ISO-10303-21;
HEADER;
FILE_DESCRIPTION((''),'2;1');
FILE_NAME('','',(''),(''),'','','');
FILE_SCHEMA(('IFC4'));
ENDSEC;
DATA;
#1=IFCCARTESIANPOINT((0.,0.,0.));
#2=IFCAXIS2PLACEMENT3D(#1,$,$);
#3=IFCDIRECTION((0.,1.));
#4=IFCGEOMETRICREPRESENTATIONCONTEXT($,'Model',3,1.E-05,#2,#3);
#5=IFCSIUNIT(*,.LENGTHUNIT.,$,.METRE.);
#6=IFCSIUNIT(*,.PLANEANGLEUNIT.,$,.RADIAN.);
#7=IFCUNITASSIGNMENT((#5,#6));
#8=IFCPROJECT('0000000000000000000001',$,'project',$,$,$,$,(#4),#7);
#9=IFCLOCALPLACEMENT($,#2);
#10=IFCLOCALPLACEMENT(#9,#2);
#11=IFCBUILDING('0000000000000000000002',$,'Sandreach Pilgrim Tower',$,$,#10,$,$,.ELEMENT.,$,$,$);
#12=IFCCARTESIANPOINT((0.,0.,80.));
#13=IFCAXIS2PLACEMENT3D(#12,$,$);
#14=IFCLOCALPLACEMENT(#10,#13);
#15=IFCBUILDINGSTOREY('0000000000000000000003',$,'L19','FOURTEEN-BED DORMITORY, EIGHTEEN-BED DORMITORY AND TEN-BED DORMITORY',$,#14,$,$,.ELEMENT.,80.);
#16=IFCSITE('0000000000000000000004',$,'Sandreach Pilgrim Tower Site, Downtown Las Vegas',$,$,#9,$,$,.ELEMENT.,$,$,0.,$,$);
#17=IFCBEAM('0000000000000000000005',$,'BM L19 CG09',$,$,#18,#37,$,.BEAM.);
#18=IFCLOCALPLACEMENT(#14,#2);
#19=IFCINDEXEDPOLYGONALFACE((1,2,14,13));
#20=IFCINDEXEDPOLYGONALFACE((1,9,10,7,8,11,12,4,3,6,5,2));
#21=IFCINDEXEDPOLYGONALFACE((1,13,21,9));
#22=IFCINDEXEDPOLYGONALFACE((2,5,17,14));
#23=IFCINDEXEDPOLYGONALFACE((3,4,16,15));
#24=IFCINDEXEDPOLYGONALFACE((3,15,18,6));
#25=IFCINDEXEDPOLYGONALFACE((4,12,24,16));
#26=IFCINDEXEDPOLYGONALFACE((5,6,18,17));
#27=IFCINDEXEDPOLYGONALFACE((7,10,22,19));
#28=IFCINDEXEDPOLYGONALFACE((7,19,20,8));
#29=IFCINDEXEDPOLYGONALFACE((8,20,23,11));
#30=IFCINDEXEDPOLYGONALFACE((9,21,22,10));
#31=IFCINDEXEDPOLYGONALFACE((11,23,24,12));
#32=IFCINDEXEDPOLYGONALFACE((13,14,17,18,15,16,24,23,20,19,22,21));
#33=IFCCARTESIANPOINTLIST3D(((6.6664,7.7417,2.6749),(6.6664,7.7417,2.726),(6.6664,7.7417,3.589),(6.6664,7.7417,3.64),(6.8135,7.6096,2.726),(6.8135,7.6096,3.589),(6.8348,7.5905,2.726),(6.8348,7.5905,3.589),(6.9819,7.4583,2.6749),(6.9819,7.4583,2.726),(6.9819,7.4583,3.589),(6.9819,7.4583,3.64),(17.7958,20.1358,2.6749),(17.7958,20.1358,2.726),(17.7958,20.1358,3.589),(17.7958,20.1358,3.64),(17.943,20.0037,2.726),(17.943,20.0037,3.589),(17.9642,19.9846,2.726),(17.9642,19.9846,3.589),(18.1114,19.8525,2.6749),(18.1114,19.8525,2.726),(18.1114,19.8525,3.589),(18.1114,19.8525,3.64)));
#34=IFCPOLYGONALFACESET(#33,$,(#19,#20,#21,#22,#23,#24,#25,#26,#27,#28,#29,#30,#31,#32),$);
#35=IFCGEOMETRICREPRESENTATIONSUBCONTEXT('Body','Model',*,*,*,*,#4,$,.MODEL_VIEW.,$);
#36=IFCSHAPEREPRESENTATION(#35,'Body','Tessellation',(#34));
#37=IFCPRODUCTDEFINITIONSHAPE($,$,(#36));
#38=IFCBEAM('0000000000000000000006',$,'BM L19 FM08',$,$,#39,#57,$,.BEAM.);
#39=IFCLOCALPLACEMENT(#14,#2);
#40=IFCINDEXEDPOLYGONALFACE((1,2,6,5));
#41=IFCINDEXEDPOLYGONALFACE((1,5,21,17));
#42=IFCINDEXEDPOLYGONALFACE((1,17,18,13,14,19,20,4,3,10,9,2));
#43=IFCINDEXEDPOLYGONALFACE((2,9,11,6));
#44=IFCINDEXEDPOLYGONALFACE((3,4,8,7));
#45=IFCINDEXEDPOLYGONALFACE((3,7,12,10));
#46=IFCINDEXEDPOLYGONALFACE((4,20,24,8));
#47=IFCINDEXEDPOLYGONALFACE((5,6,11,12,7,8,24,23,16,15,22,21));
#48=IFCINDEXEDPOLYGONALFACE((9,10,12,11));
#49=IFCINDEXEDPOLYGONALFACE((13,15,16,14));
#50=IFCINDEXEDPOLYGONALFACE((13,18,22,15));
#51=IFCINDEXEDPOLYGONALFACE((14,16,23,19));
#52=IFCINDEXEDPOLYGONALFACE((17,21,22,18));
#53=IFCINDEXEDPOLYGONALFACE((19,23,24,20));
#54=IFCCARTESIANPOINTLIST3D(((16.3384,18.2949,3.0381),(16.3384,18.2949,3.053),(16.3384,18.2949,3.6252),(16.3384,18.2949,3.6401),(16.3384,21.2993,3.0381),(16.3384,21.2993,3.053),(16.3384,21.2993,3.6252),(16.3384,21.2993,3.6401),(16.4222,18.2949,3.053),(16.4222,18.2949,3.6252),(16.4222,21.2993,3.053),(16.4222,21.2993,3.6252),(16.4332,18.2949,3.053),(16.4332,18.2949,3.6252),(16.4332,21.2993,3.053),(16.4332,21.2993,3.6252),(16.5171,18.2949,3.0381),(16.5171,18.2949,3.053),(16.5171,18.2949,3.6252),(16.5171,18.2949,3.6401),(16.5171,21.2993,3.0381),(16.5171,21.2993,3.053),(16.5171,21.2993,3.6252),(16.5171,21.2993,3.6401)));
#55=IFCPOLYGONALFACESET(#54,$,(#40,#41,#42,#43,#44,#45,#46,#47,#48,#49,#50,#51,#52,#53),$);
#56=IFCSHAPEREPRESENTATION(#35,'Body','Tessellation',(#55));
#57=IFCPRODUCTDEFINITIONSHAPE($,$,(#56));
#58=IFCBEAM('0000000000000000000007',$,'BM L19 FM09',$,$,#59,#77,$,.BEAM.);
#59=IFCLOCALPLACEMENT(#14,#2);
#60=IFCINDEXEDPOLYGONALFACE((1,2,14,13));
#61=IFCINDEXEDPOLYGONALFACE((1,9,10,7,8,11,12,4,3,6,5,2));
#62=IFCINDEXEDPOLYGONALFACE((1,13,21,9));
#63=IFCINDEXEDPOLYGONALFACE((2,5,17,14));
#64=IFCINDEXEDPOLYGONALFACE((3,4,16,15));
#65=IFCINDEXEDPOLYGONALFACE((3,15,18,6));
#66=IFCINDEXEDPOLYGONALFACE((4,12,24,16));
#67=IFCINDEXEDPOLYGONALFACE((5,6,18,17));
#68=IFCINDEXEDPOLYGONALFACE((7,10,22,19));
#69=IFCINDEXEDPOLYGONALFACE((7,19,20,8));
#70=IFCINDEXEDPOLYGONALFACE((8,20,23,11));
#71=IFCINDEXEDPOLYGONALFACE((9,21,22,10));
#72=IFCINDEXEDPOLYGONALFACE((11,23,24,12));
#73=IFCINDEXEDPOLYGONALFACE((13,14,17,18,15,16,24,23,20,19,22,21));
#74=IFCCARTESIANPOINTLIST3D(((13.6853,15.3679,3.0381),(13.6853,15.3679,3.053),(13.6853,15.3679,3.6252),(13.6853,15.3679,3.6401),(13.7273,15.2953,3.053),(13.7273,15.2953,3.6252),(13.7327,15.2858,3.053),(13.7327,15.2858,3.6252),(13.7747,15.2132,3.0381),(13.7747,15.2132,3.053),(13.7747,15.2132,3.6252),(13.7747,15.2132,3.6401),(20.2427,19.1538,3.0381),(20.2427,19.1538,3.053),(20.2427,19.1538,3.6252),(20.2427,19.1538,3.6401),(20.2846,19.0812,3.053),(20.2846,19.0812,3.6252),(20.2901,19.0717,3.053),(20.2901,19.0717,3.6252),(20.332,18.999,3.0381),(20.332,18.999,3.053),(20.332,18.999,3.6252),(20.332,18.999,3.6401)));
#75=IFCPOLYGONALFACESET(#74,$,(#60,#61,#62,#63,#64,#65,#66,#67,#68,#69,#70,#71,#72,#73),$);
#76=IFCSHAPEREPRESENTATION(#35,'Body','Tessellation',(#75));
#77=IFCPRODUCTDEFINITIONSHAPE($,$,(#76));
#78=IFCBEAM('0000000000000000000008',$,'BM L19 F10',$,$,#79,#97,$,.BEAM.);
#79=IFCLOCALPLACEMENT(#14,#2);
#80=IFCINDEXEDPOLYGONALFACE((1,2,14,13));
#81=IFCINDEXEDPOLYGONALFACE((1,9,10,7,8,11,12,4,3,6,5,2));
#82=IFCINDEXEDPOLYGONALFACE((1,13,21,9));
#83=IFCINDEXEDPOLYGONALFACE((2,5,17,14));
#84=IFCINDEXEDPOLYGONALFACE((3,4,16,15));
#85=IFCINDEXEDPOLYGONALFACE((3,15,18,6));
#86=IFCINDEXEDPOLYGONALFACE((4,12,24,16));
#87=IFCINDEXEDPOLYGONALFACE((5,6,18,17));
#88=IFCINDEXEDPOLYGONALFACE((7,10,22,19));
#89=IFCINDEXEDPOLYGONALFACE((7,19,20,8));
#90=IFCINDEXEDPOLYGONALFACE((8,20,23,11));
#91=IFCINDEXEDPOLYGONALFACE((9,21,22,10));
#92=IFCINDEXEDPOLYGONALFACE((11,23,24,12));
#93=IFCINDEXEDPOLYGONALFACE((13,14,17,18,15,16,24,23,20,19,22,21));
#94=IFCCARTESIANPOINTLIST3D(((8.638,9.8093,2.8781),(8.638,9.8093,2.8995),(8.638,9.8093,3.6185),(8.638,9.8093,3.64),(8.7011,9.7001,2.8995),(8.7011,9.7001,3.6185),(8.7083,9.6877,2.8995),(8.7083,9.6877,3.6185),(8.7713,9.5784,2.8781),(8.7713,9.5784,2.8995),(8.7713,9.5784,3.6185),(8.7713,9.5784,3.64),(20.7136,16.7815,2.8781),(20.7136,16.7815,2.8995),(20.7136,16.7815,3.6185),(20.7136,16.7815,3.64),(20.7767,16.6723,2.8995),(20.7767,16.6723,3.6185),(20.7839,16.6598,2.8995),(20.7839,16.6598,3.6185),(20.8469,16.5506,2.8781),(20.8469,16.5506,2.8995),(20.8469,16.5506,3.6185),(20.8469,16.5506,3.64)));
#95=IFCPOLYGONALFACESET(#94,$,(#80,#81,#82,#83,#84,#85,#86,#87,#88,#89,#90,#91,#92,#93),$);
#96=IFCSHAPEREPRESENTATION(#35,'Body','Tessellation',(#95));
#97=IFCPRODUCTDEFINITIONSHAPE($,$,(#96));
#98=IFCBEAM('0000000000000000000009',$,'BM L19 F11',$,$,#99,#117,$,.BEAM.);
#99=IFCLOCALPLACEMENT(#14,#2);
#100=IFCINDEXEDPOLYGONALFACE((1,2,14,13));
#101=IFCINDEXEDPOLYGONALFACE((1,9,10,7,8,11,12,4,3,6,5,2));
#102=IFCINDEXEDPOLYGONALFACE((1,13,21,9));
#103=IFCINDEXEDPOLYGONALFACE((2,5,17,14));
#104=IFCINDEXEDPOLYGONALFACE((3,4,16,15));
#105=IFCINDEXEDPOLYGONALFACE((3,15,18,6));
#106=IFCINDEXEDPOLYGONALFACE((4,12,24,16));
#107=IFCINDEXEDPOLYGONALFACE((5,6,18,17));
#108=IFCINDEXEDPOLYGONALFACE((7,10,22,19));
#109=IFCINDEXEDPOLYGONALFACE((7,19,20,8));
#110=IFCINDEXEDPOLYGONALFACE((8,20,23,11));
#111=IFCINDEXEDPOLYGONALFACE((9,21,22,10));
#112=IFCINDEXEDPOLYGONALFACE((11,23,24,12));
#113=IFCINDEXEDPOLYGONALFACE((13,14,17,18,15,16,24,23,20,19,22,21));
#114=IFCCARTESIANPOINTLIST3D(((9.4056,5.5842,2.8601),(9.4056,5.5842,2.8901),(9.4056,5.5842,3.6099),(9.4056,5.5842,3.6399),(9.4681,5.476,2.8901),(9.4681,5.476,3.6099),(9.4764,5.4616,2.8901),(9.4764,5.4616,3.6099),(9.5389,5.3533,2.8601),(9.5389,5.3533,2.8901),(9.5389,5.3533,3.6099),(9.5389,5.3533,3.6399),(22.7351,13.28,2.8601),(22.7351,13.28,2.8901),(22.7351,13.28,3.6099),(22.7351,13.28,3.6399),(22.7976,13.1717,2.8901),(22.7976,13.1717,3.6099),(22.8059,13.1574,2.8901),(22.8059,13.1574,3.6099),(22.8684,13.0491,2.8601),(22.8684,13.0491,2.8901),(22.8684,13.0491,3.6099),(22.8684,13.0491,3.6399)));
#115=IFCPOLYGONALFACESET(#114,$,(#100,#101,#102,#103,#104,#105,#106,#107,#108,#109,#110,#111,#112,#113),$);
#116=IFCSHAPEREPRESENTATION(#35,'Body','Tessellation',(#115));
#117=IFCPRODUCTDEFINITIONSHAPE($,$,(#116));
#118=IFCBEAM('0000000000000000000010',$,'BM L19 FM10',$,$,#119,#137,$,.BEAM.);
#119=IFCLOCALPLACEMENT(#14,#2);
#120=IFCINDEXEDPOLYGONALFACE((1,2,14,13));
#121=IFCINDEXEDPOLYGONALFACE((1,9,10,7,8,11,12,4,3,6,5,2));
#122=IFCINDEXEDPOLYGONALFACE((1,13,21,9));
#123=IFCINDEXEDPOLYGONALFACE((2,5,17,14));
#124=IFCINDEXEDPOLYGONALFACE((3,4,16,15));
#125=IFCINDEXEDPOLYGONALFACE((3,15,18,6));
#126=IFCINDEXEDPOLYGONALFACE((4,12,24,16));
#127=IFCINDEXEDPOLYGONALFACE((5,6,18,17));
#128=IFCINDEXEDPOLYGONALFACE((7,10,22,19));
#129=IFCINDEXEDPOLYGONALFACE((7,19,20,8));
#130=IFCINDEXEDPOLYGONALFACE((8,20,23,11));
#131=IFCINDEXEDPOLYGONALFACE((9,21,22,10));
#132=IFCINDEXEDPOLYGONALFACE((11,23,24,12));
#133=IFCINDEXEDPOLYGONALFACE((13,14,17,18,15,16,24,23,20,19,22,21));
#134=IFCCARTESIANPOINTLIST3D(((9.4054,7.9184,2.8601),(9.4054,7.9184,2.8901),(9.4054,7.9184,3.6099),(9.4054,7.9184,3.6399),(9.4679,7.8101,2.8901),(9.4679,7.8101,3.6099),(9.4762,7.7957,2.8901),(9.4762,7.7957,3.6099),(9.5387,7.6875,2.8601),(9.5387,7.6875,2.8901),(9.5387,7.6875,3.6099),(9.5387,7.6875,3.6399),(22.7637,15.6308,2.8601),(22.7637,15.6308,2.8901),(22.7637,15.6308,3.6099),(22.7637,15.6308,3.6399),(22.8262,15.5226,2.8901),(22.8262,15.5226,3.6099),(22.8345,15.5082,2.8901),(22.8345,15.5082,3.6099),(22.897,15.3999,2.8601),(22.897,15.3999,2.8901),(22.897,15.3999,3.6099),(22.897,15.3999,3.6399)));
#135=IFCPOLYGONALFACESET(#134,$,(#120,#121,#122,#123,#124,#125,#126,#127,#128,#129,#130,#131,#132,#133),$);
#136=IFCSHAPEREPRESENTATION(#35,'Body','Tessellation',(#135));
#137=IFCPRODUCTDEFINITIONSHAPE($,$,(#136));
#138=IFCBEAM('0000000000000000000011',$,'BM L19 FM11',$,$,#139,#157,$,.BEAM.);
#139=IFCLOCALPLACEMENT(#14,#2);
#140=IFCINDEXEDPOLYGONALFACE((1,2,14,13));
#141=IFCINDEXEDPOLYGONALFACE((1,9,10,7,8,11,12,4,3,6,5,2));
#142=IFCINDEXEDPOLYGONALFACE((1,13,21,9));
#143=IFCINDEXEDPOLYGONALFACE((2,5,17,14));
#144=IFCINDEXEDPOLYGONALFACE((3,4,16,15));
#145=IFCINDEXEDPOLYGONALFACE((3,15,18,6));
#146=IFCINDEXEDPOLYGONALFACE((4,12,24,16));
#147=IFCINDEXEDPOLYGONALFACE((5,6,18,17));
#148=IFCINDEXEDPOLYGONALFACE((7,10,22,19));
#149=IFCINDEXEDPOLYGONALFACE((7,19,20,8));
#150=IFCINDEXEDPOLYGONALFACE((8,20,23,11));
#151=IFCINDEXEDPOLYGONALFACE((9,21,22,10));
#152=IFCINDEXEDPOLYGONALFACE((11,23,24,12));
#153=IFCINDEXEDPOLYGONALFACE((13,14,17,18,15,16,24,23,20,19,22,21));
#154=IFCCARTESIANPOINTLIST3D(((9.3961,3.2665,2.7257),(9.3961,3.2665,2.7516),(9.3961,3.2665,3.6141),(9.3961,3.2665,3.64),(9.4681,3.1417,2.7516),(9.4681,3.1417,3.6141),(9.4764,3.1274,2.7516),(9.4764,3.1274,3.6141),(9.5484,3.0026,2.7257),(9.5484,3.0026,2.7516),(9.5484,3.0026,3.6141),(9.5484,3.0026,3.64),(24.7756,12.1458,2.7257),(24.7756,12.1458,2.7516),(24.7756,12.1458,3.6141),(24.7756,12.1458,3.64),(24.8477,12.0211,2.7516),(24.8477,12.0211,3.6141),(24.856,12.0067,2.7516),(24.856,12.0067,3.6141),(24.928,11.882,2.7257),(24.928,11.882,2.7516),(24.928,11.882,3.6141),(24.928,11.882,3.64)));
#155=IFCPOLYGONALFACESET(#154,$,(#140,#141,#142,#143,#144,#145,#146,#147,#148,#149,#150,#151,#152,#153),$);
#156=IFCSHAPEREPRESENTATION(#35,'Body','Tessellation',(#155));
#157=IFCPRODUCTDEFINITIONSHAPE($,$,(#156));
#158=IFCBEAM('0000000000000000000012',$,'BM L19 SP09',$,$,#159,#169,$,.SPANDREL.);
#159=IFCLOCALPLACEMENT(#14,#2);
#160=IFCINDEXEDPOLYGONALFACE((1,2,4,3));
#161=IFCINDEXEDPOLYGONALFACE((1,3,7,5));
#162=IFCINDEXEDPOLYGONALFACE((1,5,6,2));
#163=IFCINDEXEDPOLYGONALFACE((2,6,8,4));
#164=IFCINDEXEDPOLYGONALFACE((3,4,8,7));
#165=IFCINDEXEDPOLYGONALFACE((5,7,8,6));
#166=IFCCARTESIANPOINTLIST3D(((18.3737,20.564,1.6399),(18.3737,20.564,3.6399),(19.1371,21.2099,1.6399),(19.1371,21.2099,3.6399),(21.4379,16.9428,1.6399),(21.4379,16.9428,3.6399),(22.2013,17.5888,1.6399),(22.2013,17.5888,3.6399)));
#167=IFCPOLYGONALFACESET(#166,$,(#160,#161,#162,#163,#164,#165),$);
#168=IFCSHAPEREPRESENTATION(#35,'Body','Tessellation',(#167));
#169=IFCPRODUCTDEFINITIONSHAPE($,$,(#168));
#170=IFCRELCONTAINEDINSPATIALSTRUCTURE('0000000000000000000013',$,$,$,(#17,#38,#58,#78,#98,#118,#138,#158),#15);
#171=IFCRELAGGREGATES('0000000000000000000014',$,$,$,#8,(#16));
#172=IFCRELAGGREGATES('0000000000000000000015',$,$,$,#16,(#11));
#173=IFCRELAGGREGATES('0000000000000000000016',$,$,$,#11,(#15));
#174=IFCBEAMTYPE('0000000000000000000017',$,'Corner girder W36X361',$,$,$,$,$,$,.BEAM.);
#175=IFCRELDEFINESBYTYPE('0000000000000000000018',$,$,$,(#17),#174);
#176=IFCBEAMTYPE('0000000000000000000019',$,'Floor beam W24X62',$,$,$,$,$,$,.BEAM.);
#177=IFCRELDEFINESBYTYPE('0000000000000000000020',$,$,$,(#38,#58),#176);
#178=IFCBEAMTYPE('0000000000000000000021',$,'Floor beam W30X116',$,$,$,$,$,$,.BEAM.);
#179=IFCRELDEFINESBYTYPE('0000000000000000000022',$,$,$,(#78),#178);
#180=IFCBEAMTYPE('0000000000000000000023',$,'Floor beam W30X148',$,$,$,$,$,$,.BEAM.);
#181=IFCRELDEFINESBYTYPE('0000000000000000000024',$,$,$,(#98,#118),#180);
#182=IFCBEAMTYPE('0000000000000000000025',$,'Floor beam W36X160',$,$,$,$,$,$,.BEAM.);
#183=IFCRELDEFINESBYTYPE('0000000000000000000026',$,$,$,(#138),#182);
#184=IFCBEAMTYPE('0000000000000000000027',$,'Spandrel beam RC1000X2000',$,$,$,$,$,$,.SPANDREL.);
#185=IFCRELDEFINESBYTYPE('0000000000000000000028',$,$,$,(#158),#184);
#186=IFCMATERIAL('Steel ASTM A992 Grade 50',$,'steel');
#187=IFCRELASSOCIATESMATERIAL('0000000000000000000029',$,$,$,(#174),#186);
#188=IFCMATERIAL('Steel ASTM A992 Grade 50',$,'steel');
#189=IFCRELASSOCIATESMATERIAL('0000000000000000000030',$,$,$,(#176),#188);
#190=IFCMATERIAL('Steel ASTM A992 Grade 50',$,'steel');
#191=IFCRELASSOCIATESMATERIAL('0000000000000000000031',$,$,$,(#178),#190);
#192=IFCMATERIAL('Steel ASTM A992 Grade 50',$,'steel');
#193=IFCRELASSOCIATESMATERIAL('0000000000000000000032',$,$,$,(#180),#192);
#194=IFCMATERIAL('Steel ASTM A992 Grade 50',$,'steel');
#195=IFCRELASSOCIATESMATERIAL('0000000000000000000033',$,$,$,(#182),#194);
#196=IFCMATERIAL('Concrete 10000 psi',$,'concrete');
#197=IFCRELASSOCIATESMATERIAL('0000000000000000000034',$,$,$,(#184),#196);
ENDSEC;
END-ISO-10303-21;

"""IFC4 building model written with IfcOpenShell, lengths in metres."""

from ifc_helpers import new_model, si_unit, direction, frame, origin, origin_2d, place, context, subcontext, project, spatial, rectangle, i_section, extrude, material, material_profile, profile_set, type_object, element, save


model = new_model("IFC4")

# Units and contexts
model_context = context("Model", 3, precision=1e-05, world=origin(), true_north=direction((0.0, 1.0)))
body_context = subcontext(model_context, "Body", "Model", "MODEL_VIEW")
ifc_project = project(units=[si_unit("LENGTHUNIT", "METRE"), si_unit("PLANEANGLEUNIT", "RADIAN")], contexts=[model_context])

# Site, building, storey
site_placement = place(None, origin())
site = spatial("IfcSite", under=ifc_project, at=site_placement, Name="Sandreach Pilgrim Tower Site, Downtown Las Vegas", CompositionType="ELEMENT", RefElevation=0.0)
building_placement = place(site_placement, origin())
building = spatial("IfcBuilding", under=site, at=building_placement, Name="Sandreach Pilgrim Tower", CompositionType="ELEMENT")
storey_placement = place(building_placement, frame((0.0, 0.0, 80.0)))
storey = spatial("IfcBuildingStorey", under=building, at=storey_placement, Name="L19", Description="FOURTEEN-BED DORMITORY, EIGHTEEN-BED DORMITORY AND TEN-BED DORMITORY", CompositionType="ELEMENT", Elevation=80.0)

# Beams
ifc_material_1 = material(Name="Steel ASTM A992 Grade 50", Category="steel")
ifc_material_profile_1 = material_profile(ifc_material_1, i_section(OverallWidth=0.4241, OverallDepth=0.9651, WebThickness=0.0286, FlangeThickness=0.051, at=origin_2d()), Name="W36X361")
ifc_profile_set_1 = profile_set([ifc_material_profile_1], Name="Steel ASTM A992 Grade 50")
beam_type_1 = type_object("IfcBeamType", Name="Corner girder W36X361", PredefinedType="BEAM", material=ifc_profile_set_1)
beam_1_placement = place(storey_placement, frame((17.9536, 19.9941, 3.1575), z_axis=(-0.668127, -0.744047, 0.0), x_axis=(0.744047, -0.668127, 0.0)))
element("IfcBeam", 1, at=beam_1_placement, inside=storey, type_object=beam_type_1, Name="BM L19 CG09", PredefinedType="BEAM", context=body_context, shape_type="SweptSolid", body=[
    extrude(i_section(OverallWidth=0.4241, OverallDepth=0.9651, WebThickness=0.0286, FlangeThickness=0.051, at=origin_2d()), origin(), (0.0, 0.0, 1.0), 16.6577),
])
ifc_material_2 = material(Name="Steel ASTM A992 Grade 50", Category="steel")
ifc_material_profile_2 = material_profile(ifc_material_2, i_section(OverallWidth=0.1787, OverallDepth=0.6021, WebThickness=0.011, FlangeThickness=0.0149, at=origin_2d()), Name="W24X62")
ifc_profile_set_2 = profile_set([ifc_material_profile_2], Name="Steel ASTM A992 Grade 50")
beam_type_2 = type_object("IfcBeamType", Name="Floor beam W24X62", PredefinedType="BEAM", material=ifc_profile_set_2)
beam_2_placement = place(storey_placement, frame((16.4277, 21.2993, 3.3391), z_axis=(0.0, -1.0, 0.0), x_axis=(1.0, 0.0, 0.0)))
element("IfcBeam", 2, at=beam_2_placement, inside=storey, type_object=beam_type_2, Name="BM L19 FM08", PredefinedType="BEAM", context=body_context, shape_type="SweptSolid", body=[
    extrude(i_section(OverallWidth=0.1787, OverallDepth=0.6021, WebThickness=0.011, FlangeThickness=0.0149, at=origin_2d()), origin(), (0.0, 0.0, 1.0), 3.0044),
])
beam_3_placement = place(storey_placement, frame((20.2874, 19.0764, 3.3391), z_axis=(-0.866026, -0.499999, 0.0), x_axis=(0.499999, -0.866026, 0.0)))
element("IfcBeam", 3, at=beam_3_placement, inside=storey, type_object=beam_type_2, Name="BM L19 FM09", PredefinedType="BEAM", context=body_context, shape_type="SweptSolid", body=[
    extrude(i_section(OverallWidth=0.1787, OverallDepth=0.6021, WebThickness=0.011, FlangeThickness=0.0149, at=origin_2d()), origin(), (0.0, 0.0, 1.0), 7.5718),
])
ifc_material_3 = material(Name="Steel ASTM A992 Grade 50", Category="steel")
ifc_material_profile_3 = material_profile(ifc_material_3, i_section(OverallWidth=0.2666, OverallDepth=0.762, WebThickness=0.0144, FlangeThickness=0.0215, at=origin_2d()), Name="W30X116")
ifc_profile_set_3 = profile_set([ifc_material_profile_3], Name="Steel ASTM A992 Grade 50")
beam_type_3 = type_object("IfcBeamType", Name="Floor beam W30X116", PredefinedType="BEAM", material=ifc_profile_set_3)
beam_4_placement = place(storey_placement, frame((20.7803, 16.666, 3.259), z_axis=(-0.866017, -0.500014, 0.0), x_axis=(0.500014, -0.866017, 0.0)))
element("IfcBeam", 4, at=beam_4_placement, inside=storey, type_object=beam_type_3, Name="BM L19 F10", PredefinedType="BEAM", context=body_context, shape_type="SweptSolid", body=[
    extrude(i_section(OverallWidth=0.2666, OverallDepth=0.762, WebThickness=0.0144, FlangeThickness=0.0215, at=origin_2d()), origin(), (0.0, 0.0, 1.0), 13.9438),
])
ifc_material_4 = material(Name="Steel ASTM A992 Grade 50", Category="steel")
ifc_material_profile_4 = material_profile(ifc_material_4, i_section(OverallWidth=0.2666, OverallDepth=0.7798, WebThickness=0.0166, FlangeThickness=0.03, at=origin_2d()), Name="W30X148")
ifc_profile_set_4 = profile_set([ifc_material_profile_4], Name="Steel ASTM A992 Grade 50")
beam_type_4 = type_object("IfcBeamType", Name="Floor beam W30X148", PredefinedType="BEAM", material=ifc_profile_set_4)
beam_5_placement = place(storey_placement, frame((22.8018, 13.1646, 3.25), z_axis=(-0.866027, -0.499998, 0.0), x_axis=(0.499998, -0.866027, 0.0)))
element("IfcBeam", 5, at=beam_5_placement, inside=storey, type_object=beam_type_4, Name="BM L19 F11", PredefinedType="BEAM", context=body_context, shape_type="SweptSolid", body=[
    extrude(i_section(OverallWidth=0.2666, OverallDepth=0.7798, WebThickness=0.0166, FlangeThickness=0.03, at=origin_2d()), origin(), (0.0, 0.0, 1.0), 15.3916),
])
beam_6_placement = place(storey_placement, frame((22.8303, 15.5154, 3.25), z_axis=(-0.866023, -0.500003, 0.0), x_axis=(0.500003, -0.866023, 0.0)))
element("IfcBeam", 6, at=beam_6_placement, inside=storey, type_object=beam_type_4, Name="BM L19 FM10", PredefinedType="BEAM", context=body_context, shape_type="SweptSolid", body=[
    extrude(i_section(OverallWidth=0.2666, OverallDepth=0.7798, WebThickness=0.0166, FlangeThickness=0.03, at=origin_2d()), origin(), (0.0, 0.0, 1.0), 15.4248),
])
ifc_material_5 = material(Name="Steel ASTM A992 Grade 50", Category="steel")
ifc_material_profile_5 = material_profile(ifc_material_5, i_section(OverallWidth=0.3047, OverallDepth=0.9143, WebThickness=0.0166, FlangeThickness=0.0259, at=origin_2d()), Name="W36X160")
ifc_profile_set_5 = profile_set([ifc_material_profile_5], Name="Steel ASTM A992 Grade 50")
beam_type_5 = type_object("IfcBeamType", Name="Floor beam W36X160", PredefinedType="BEAM", material=ifc_profile_set_5)
beam_7_placement = place(storey_placement, frame((24.8518, 12.0139, 3.1829), z_axis=(-0.866026, -0.499998, 0.0), x_axis=(0.499998, -0.866026, 0.0)))
element("IfcBeam", 7, at=beam_7_placement, inside=storey, type_object=beam_type_5, Name="BM L19 FM11", PredefinedType="BEAM", context=body_context, shape_type="SweptSolid", body=[
    extrude(i_section(OverallWidth=0.3047, OverallDepth=0.9143, WebThickness=0.0166, FlangeThickness=0.0259, at=origin_2d()), origin(), (0.0, 0.0, 1.0), 17.7588),
])
ifc_material_6 = material(Name="Concrete 10000 psi", Category="concrete")
ifc_material_profile_6 = material_profile(ifc_material_6, rectangle(XDim=1.0, YDim=2.0, at=origin_2d()), Name="RC1000X2000")
ifc_profile_set_6 = profile_set([ifc_material_profile_6], Name="Concrete 10000 psi")
beam_type_6 = type_object("IfcBeamType", Name="Spandrel beam RC1000X2000", PredefinedType="SPANDREL", material=ifc_profile_set_6)
beam_8_placement = place(storey_placement, frame((18.7554, 20.887, 2.6399), z_axis=(0.645968, -0.763365, 0.0), x_axis=(0.763365, 0.645968, 0.0)))
element("IfcBeam", 8, at=beam_8_placement, inside=storey, type_object=beam_type_6, Name="BM L19 SP09", PredefinedType="SPANDREL", context=body_context, shape_type="SweptSolid", body=[
    extrude(rectangle(XDim=1.0, YDim=2.0, at=origin_2d()), origin(), (0.0, 0.0, 1.0), 4.7437),
])

save(model, "model.ifc")
